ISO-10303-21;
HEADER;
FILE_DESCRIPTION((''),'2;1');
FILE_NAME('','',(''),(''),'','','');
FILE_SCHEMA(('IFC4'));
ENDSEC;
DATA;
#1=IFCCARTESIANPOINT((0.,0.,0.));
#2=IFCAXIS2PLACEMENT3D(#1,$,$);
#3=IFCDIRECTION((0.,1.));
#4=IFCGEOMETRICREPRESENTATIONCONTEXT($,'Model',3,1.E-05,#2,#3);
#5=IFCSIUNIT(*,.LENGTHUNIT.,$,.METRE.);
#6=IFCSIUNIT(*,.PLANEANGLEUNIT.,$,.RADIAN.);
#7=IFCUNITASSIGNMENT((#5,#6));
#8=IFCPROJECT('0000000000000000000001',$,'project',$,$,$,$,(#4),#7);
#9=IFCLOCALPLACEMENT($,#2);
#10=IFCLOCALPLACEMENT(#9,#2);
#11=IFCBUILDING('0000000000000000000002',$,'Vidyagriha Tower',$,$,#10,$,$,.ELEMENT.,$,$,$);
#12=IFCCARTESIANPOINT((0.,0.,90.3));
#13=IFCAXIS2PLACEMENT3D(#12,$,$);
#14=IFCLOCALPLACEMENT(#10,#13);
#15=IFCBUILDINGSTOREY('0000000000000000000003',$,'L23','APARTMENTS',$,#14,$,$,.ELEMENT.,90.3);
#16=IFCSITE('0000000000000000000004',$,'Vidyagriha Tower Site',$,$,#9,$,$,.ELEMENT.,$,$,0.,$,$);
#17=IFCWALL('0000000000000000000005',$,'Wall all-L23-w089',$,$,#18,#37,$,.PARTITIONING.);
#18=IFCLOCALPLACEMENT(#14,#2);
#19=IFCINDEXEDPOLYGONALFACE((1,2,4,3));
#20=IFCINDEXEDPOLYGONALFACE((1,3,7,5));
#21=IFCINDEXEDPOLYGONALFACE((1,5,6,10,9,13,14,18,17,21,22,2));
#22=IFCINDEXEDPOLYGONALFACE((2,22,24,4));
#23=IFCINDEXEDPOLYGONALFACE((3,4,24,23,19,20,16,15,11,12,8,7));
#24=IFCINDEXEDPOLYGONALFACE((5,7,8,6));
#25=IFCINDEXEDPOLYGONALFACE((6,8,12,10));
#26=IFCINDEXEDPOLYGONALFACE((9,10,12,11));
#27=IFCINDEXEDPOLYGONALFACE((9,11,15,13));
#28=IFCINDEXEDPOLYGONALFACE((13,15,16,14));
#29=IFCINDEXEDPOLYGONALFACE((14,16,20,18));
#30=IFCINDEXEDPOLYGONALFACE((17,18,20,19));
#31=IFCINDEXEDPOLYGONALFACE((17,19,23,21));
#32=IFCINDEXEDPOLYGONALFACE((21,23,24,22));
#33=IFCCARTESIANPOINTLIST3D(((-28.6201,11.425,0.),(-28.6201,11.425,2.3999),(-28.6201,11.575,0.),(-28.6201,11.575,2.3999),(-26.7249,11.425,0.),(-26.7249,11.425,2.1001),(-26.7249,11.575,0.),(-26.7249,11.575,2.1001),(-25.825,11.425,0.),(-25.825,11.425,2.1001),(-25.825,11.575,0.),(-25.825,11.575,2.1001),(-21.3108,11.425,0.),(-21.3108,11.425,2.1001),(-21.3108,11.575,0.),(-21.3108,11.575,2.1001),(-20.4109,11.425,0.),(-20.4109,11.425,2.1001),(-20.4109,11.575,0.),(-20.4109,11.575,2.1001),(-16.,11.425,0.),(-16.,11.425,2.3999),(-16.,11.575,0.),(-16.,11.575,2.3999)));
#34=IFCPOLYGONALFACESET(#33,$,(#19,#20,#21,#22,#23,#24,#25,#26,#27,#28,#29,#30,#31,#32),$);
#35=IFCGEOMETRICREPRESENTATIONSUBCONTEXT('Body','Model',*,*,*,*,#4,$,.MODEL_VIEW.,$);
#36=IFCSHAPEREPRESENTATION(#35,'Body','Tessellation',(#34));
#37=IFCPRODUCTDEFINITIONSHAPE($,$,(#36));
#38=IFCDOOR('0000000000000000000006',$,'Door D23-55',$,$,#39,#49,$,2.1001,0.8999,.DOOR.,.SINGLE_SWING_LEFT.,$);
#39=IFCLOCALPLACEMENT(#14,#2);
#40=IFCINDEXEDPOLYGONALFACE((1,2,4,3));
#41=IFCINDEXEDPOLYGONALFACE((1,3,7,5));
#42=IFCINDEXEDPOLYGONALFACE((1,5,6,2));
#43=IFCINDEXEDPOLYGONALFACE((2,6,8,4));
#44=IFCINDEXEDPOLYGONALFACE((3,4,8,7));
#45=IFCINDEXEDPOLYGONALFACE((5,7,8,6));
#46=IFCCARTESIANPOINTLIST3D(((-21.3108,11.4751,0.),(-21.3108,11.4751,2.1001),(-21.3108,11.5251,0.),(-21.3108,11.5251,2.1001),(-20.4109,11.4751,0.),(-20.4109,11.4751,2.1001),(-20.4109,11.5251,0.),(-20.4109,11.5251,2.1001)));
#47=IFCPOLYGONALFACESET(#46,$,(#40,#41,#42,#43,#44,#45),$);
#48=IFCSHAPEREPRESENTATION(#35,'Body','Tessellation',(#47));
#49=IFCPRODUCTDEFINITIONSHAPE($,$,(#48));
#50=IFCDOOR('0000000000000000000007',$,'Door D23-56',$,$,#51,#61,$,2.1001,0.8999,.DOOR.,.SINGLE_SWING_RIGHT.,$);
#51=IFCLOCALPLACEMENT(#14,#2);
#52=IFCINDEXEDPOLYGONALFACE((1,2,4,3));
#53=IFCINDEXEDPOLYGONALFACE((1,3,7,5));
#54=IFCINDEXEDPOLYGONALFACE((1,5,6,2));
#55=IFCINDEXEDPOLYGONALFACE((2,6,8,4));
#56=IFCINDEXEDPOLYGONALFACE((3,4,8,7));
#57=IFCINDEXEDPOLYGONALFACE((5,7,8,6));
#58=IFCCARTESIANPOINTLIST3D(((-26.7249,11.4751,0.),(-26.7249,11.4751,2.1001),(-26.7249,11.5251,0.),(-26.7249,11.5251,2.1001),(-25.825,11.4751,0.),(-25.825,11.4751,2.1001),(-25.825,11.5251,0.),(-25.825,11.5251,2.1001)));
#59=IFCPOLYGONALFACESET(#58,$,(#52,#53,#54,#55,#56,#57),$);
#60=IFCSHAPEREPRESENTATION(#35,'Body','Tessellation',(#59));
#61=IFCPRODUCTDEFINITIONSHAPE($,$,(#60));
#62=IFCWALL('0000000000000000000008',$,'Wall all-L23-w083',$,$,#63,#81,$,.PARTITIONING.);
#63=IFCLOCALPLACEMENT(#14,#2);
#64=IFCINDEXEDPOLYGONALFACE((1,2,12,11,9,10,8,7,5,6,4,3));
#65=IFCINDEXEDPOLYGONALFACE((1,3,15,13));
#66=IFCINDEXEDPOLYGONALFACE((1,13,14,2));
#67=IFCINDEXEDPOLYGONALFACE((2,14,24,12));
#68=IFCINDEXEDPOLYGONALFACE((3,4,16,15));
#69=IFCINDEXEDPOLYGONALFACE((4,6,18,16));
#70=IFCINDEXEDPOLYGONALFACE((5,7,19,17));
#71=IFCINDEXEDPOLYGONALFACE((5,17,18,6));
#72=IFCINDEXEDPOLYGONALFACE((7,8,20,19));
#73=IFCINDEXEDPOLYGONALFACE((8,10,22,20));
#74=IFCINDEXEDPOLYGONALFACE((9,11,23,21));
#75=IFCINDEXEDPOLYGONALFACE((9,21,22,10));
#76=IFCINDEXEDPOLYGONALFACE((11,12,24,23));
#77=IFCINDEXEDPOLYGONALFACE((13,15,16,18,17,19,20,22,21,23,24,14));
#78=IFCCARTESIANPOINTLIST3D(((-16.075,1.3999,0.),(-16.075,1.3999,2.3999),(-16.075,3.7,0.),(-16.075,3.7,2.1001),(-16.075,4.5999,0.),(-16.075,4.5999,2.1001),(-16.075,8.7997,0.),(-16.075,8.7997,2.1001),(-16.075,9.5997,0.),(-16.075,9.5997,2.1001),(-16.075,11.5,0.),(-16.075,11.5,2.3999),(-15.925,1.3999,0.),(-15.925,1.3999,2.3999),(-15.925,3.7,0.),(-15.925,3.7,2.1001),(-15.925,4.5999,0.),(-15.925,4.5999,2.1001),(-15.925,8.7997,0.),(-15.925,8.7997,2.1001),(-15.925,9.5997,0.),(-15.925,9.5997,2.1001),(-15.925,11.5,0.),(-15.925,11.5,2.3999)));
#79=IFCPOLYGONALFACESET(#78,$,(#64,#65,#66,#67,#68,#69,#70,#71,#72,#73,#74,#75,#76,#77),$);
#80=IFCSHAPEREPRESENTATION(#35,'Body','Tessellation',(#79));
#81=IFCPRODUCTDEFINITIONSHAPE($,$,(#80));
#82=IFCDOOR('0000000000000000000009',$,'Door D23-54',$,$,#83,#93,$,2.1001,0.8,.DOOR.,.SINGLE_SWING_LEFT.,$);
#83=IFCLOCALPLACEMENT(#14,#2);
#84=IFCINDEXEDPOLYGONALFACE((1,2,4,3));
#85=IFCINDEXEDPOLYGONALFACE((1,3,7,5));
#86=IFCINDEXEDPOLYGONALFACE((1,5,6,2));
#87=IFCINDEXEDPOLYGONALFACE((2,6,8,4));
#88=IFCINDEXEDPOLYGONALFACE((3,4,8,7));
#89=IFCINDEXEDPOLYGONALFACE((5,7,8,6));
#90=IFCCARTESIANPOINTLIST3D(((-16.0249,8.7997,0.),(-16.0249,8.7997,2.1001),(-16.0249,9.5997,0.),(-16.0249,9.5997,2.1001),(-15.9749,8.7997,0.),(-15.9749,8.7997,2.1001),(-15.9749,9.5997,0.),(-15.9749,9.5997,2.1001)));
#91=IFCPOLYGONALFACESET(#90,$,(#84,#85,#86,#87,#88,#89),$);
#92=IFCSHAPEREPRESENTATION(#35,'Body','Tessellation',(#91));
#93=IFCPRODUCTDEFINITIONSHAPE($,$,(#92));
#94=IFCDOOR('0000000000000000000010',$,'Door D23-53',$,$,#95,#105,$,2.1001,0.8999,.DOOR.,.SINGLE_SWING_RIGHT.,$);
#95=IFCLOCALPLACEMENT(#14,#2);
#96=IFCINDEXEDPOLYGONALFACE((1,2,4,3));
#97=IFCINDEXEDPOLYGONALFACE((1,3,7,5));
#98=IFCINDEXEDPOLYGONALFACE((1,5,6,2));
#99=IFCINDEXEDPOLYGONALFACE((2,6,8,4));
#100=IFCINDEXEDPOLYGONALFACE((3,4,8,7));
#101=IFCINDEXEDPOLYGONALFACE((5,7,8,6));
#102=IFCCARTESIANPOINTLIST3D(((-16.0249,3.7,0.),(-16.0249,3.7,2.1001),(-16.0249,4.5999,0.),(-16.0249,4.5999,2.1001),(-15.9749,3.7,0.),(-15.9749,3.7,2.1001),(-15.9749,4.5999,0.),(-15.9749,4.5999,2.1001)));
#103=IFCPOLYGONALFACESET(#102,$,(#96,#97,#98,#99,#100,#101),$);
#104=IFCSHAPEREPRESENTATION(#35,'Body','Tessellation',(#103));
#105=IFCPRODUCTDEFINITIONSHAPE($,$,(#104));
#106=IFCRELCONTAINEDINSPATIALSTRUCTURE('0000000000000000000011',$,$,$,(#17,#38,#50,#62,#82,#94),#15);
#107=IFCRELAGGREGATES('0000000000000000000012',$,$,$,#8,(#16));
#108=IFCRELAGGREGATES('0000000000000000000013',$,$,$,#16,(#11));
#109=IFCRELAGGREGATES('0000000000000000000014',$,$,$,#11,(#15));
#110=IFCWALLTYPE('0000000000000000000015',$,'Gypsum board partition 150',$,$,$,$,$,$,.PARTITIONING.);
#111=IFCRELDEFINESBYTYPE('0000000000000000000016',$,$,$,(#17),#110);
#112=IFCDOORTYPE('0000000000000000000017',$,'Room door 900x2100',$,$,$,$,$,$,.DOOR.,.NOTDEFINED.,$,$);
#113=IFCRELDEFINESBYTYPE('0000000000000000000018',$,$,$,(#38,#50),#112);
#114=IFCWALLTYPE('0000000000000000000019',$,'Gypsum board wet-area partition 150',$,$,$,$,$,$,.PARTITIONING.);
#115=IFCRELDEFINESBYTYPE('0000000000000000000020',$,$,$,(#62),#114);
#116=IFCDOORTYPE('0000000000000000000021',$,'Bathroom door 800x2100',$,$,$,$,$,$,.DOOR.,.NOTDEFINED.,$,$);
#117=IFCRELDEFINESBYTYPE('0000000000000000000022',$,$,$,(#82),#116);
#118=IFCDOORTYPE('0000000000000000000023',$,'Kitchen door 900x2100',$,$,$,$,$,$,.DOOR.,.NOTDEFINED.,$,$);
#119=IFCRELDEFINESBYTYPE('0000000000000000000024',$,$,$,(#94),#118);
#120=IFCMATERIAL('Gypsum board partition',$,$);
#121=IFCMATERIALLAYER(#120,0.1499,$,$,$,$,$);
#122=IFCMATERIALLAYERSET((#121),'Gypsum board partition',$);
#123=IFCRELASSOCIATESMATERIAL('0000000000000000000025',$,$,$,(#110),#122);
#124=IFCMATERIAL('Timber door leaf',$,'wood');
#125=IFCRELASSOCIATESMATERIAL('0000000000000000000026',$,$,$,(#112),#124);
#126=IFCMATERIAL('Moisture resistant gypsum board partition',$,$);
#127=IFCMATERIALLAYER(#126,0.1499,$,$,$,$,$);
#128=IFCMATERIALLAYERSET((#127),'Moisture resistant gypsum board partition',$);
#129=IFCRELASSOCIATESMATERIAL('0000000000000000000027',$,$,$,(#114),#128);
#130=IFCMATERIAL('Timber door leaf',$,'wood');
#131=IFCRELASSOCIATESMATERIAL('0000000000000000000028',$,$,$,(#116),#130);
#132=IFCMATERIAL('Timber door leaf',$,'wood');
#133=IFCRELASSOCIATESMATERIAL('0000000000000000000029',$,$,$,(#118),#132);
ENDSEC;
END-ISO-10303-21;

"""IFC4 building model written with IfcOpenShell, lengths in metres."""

from ifc_helpers import new_model, si_unit, direction, frame, frame_2d, origin, place, context, subcontext, project, spatial, rectangle, extrude, material, layer, layer_set, type_object, element, fill, save


model = new_model("IFC4")

# Units and contexts
model_context = context("Model", 3, precision=1e-05, world=origin(), true_north=direction((0.0, 1.0)))
body_context = subcontext(model_context, "Body", "Model", "MODEL_VIEW")
ifc_project = project(units=[si_unit("LENGTHUNIT", "METRE"), si_unit("PLANEANGLEUNIT", "RADIAN")], contexts=[model_context])

# Site, building, storey
site_placement = place(None, origin())
site = spatial("IfcSite", under=ifc_project, at=site_placement, Name="Vidyagriha Tower Site", CompositionType="ELEMENT", RefElevation=0.0)
building_placement = place(site_placement, origin())
building = spatial("IfcBuilding", under=site, at=building_placement, Name="Vidyagriha Tower", CompositionType="ELEMENT")
storey_placement = place(building_placement, frame((0.0, 0.0, 90.3)))
storey = spatial("IfcBuildingStorey", under=building, at=storey_placement, Name="L23", Description="APARTMENTS", CompositionType="ELEMENT", Elevation=90.3)

# Shared definitions
ifc_material_1 = material(Name="Gypsum board partition")
ifc_layer_1 = layer(ifc_material_1, 0.1499)
ifc_layer_set_1 = layer_set([ifc_layer_1], Name="Gypsum board partition")
wall_type_1 = type_object("IfcWallType", Name="Gypsum board partition 150", PredefinedType="PARTITIONING", material=ifc_layer_set_1)

# Walls, openings, doors
wall_1_placement = place(storey_placement, frame((-16.0, 11.5, 0.0), z_axis=(0.0, 0.0, 1.0), x_axis=(-1.0, 0.0, 0.0)))
wall_1 = element("IfcWall", 1, at=wall_1_placement, inside=storey, type_object=wall_type_1, Name="Wall all-L23-w089", PredefinedType="PARTITIONING", context=body_context, shape_type="SweptSolid", body=[
    extrude(rectangle(XDim=12.6201, YDim=0.1499, at=frame_2d((6.3101, 0.0))), origin(), (0.0, 0.0, 1.0), 2.3999),
])
opening_1_placement = place(wall_1_placement, frame((4.4109, 0.0, 0.0)))
opening_1 = element("IfcOpeningElement", 2, at=opening_1_placement, cuts=wall_1, PredefinedType="OPENING", context=body_context, shape_type="SweptSolid", body=[
    extrude(rectangle(XDim=0.8999, YDim=2.1001, at=frame_2d((0.45, 1.05))), frame((0.0, 0.085, 0.0), z_axis=(0.0, -1.0, 0.0), x_axis=(1.0, 0.0, 0.0)), (0.0, 0.0, 1.0), 0.1699),
])
opening_2_placement = place(wall_1_placement, frame((9.825, 0.0, 0.0)))
opening_2 = element("IfcOpeningElement", 3, at=opening_2_placement, cuts=wall_1, PredefinedType="OPENING", context=body_context, shape_type="SweptSolid", body=[
    extrude(rectangle(XDim=0.8999, YDim=2.1001, at=frame_2d((0.45, 1.05))), frame((0.0, 0.085, 0.0), z_axis=(0.0, -1.0, 0.0), x_axis=(1.0, 0.0, 0.0)), (0.0, 0.0, 1.0), 0.1699),
])
ifc_material_2 = material(Name="Timber door leaf", Category="wood")
door_type_1 = type_object("IfcDoorType", Name="Room door 900x2100", OperationType="NOTDEFINED", PredefinedType="DOOR", material=ifc_material_2)
door_1_placement = place(opening_1_placement, origin())
door_1 = element("IfcDoor", 4, at=door_1_placement, inside=storey, type_object=door_type_1, Name="Door D23-55", OperationType="SINGLE_SWING_LEFT", OverallHeight=2.1001, OverallWidth=0.8999, PredefinedType="DOOR", context=body_context, shape_type="SweptSolid", body=[
    extrude(rectangle(XDim=0.8999, YDim=2.1001, at=frame_2d((0.45, 1.05))), frame((0.0, 0.0249, 0.0), z_axis=(0.0, -1.0, 0.0), x_axis=(1.0, 0.0, 0.0)), (0.0, 0.0, 1.0), 0.05),
])
fill(opening_1, door_1)
door_2_placement = place(opening_2_placement, origin())
door_2 = element("IfcDoor", 5, at=door_2_placement, inside=storey, type_object=door_type_1, Name="Door D23-56", OperationType="SINGLE_SWING_RIGHT", OverallHeight=2.1001, OverallWidth=0.8999, PredefinedType="DOOR", context=body_context, shape_type="SweptSolid", body=[
    extrude(rectangle(XDim=0.8999, YDim=2.1001, at=frame_2d((0.45, 1.05))), frame((0.0, 0.0249, 0.0), z_axis=(0.0, -1.0, 0.0), x_axis=(1.0, 0.0, 0.0)), (0.0, 0.0, 1.0), 0.05),
])
fill(opening_2, door_2)
ifc_material_3 = material(Name="Moisture resistant gypsum board partition")
ifc_layer_2 = layer(ifc_material_3, 0.1499)
ifc_layer_set_2 = layer_set([ifc_layer_2], Name="Moisture resistant gypsum board partition")
wall_type_2 = type_object("IfcWallType", Name="Gypsum board wet-area partition 150", PredefinedType="PARTITIONING", material=ifc_layer_set_2)
wall_2_placement = place(storey_placement, frame((-16.0, 1.3999, 0.0), z_axis=(0.0, 0.0, 1.0), x_axis=(0.0, 1.0, 0.0)))
wall_2 = element("IfcWall", 6, at=wall_2_placement, inside=storey, type_object=wall_type_2, Name="Wall all-L23-w083", PredefinedType="PARTITIONING", context=body_context, shape_type="SweptSolid", body=[
    extrude(rectangle(XDim=10.1001, YDim=0.1499, at=frame_2d((5.05, 0.0))), origin(), (0.0, 0.0, 1.0), 2.3999),
])
opening_3_placement = place(wall_2_placement, frame((2.3, 0.0, 0.0)))
opening_3 = element("IfcOpeningElement", 7, at=opening_3_placement, cuts=wall_2, PredefinedType="OPENING", context=body_context, shape_type="SweptSolid", body=[
    extrude(rectangle(XDim=0.8999, YDim=2.1001, at=frame_2d((0.45, 1.05))), frame((0.0, 0.085, 0.0), z_axis=(0.0, -1.0, 0.0), x_axis=(1.0, 0.0, 0.0)), (0.0, 0.0, 1.0), 0.1699),
])
opening_4_placement = place(wall_2_placement, frame((7.3999, 0.0, 0.0)))
opening_4 = element("IfcOpeningElement", 8, at=opening_4_placement, cuts=wall_2, PredefinedType="OPENING", context=body_context, shape_type="SweptSolid", body=[
    extrude(rectangle(XDim=0.8, YDim=2.1001, at=frame_2d((0.3999, 1.05))), frame((0.0, 0.085, 0.0), z_axis=(0.0, -1.0, 0.0), x_axis=(1.0, 0.0, 0.0)), (0.0, 0.0, 1.0), 0.1699),
])
ifc_material_4 = material(Name="Timber door leaf", Category="wood")
door_type_2 = type_object("IfcDoorType", Name="Bathroom door 800x2100", OperationType="NOTDEFINED", PredefinedType="DOOR", material=ifc_material_4)
door_3_placement = place(opening_4_placement, origin())
door_3 = element("IfcDoor", 9, at=door_3_placement, inside=storey, type_object=door_type_2, Name="Door D23-54", OperationType="SINGLE_SWING_LEFT", OverallHeight=2.1001, OverallWidth=0.8, PredefinedType="DOOR", context=body_context, shape_type="SweptSolid", body=[
    extrude(rectangle(XDim=0.8, YDim=2.1001, at=frame_2d((0.3999, 1.05))), frame((0.0, 0.0249, 0.0), z_axis=(0.0, -1.0, 0.0), x_axis=(1.0, 0.0, 0.0)), (0.0, 0.0, 1.0), 0.05),
])
fill(opening_4, door_3)
ifc_material_5 = material(Name="Timber door leaf", Category="wood")
door_type_3 = type_object("IfcDoorType", Name="Kitchen door 900x2100", OperationType="NOTDEFINED", PredefinedType="DOOR", material=ifc_material_5)
door_4_placement = place(opening_3_placement, origin())
door_4 = element("IfcDoor", 10, at=door_4_placement, inside=storey, type_object=door_type_3, Name="Door D23-53", OperationType="SINGLE_SWING_RIGHT", OverallHeight=2.1001, OverallWidth=0.8999, PredefinedType="DOOR", context=body_context, shape_type="SweptSolid", body=[
    extrude(rectangle(XDim=0.8999, YDim=2.1001, at=frame_2d((0.45, 1.05))), frame((0.0, 0.0249, 0.0), z_axis=(0.0, -1.0, 0.0), x_axis=(1.0, 0.0, 0.0)), (0.0, 0.0, 1.0), 0.05),
])
fill(opening_3, door_4)

save(model, "model.ifc")
